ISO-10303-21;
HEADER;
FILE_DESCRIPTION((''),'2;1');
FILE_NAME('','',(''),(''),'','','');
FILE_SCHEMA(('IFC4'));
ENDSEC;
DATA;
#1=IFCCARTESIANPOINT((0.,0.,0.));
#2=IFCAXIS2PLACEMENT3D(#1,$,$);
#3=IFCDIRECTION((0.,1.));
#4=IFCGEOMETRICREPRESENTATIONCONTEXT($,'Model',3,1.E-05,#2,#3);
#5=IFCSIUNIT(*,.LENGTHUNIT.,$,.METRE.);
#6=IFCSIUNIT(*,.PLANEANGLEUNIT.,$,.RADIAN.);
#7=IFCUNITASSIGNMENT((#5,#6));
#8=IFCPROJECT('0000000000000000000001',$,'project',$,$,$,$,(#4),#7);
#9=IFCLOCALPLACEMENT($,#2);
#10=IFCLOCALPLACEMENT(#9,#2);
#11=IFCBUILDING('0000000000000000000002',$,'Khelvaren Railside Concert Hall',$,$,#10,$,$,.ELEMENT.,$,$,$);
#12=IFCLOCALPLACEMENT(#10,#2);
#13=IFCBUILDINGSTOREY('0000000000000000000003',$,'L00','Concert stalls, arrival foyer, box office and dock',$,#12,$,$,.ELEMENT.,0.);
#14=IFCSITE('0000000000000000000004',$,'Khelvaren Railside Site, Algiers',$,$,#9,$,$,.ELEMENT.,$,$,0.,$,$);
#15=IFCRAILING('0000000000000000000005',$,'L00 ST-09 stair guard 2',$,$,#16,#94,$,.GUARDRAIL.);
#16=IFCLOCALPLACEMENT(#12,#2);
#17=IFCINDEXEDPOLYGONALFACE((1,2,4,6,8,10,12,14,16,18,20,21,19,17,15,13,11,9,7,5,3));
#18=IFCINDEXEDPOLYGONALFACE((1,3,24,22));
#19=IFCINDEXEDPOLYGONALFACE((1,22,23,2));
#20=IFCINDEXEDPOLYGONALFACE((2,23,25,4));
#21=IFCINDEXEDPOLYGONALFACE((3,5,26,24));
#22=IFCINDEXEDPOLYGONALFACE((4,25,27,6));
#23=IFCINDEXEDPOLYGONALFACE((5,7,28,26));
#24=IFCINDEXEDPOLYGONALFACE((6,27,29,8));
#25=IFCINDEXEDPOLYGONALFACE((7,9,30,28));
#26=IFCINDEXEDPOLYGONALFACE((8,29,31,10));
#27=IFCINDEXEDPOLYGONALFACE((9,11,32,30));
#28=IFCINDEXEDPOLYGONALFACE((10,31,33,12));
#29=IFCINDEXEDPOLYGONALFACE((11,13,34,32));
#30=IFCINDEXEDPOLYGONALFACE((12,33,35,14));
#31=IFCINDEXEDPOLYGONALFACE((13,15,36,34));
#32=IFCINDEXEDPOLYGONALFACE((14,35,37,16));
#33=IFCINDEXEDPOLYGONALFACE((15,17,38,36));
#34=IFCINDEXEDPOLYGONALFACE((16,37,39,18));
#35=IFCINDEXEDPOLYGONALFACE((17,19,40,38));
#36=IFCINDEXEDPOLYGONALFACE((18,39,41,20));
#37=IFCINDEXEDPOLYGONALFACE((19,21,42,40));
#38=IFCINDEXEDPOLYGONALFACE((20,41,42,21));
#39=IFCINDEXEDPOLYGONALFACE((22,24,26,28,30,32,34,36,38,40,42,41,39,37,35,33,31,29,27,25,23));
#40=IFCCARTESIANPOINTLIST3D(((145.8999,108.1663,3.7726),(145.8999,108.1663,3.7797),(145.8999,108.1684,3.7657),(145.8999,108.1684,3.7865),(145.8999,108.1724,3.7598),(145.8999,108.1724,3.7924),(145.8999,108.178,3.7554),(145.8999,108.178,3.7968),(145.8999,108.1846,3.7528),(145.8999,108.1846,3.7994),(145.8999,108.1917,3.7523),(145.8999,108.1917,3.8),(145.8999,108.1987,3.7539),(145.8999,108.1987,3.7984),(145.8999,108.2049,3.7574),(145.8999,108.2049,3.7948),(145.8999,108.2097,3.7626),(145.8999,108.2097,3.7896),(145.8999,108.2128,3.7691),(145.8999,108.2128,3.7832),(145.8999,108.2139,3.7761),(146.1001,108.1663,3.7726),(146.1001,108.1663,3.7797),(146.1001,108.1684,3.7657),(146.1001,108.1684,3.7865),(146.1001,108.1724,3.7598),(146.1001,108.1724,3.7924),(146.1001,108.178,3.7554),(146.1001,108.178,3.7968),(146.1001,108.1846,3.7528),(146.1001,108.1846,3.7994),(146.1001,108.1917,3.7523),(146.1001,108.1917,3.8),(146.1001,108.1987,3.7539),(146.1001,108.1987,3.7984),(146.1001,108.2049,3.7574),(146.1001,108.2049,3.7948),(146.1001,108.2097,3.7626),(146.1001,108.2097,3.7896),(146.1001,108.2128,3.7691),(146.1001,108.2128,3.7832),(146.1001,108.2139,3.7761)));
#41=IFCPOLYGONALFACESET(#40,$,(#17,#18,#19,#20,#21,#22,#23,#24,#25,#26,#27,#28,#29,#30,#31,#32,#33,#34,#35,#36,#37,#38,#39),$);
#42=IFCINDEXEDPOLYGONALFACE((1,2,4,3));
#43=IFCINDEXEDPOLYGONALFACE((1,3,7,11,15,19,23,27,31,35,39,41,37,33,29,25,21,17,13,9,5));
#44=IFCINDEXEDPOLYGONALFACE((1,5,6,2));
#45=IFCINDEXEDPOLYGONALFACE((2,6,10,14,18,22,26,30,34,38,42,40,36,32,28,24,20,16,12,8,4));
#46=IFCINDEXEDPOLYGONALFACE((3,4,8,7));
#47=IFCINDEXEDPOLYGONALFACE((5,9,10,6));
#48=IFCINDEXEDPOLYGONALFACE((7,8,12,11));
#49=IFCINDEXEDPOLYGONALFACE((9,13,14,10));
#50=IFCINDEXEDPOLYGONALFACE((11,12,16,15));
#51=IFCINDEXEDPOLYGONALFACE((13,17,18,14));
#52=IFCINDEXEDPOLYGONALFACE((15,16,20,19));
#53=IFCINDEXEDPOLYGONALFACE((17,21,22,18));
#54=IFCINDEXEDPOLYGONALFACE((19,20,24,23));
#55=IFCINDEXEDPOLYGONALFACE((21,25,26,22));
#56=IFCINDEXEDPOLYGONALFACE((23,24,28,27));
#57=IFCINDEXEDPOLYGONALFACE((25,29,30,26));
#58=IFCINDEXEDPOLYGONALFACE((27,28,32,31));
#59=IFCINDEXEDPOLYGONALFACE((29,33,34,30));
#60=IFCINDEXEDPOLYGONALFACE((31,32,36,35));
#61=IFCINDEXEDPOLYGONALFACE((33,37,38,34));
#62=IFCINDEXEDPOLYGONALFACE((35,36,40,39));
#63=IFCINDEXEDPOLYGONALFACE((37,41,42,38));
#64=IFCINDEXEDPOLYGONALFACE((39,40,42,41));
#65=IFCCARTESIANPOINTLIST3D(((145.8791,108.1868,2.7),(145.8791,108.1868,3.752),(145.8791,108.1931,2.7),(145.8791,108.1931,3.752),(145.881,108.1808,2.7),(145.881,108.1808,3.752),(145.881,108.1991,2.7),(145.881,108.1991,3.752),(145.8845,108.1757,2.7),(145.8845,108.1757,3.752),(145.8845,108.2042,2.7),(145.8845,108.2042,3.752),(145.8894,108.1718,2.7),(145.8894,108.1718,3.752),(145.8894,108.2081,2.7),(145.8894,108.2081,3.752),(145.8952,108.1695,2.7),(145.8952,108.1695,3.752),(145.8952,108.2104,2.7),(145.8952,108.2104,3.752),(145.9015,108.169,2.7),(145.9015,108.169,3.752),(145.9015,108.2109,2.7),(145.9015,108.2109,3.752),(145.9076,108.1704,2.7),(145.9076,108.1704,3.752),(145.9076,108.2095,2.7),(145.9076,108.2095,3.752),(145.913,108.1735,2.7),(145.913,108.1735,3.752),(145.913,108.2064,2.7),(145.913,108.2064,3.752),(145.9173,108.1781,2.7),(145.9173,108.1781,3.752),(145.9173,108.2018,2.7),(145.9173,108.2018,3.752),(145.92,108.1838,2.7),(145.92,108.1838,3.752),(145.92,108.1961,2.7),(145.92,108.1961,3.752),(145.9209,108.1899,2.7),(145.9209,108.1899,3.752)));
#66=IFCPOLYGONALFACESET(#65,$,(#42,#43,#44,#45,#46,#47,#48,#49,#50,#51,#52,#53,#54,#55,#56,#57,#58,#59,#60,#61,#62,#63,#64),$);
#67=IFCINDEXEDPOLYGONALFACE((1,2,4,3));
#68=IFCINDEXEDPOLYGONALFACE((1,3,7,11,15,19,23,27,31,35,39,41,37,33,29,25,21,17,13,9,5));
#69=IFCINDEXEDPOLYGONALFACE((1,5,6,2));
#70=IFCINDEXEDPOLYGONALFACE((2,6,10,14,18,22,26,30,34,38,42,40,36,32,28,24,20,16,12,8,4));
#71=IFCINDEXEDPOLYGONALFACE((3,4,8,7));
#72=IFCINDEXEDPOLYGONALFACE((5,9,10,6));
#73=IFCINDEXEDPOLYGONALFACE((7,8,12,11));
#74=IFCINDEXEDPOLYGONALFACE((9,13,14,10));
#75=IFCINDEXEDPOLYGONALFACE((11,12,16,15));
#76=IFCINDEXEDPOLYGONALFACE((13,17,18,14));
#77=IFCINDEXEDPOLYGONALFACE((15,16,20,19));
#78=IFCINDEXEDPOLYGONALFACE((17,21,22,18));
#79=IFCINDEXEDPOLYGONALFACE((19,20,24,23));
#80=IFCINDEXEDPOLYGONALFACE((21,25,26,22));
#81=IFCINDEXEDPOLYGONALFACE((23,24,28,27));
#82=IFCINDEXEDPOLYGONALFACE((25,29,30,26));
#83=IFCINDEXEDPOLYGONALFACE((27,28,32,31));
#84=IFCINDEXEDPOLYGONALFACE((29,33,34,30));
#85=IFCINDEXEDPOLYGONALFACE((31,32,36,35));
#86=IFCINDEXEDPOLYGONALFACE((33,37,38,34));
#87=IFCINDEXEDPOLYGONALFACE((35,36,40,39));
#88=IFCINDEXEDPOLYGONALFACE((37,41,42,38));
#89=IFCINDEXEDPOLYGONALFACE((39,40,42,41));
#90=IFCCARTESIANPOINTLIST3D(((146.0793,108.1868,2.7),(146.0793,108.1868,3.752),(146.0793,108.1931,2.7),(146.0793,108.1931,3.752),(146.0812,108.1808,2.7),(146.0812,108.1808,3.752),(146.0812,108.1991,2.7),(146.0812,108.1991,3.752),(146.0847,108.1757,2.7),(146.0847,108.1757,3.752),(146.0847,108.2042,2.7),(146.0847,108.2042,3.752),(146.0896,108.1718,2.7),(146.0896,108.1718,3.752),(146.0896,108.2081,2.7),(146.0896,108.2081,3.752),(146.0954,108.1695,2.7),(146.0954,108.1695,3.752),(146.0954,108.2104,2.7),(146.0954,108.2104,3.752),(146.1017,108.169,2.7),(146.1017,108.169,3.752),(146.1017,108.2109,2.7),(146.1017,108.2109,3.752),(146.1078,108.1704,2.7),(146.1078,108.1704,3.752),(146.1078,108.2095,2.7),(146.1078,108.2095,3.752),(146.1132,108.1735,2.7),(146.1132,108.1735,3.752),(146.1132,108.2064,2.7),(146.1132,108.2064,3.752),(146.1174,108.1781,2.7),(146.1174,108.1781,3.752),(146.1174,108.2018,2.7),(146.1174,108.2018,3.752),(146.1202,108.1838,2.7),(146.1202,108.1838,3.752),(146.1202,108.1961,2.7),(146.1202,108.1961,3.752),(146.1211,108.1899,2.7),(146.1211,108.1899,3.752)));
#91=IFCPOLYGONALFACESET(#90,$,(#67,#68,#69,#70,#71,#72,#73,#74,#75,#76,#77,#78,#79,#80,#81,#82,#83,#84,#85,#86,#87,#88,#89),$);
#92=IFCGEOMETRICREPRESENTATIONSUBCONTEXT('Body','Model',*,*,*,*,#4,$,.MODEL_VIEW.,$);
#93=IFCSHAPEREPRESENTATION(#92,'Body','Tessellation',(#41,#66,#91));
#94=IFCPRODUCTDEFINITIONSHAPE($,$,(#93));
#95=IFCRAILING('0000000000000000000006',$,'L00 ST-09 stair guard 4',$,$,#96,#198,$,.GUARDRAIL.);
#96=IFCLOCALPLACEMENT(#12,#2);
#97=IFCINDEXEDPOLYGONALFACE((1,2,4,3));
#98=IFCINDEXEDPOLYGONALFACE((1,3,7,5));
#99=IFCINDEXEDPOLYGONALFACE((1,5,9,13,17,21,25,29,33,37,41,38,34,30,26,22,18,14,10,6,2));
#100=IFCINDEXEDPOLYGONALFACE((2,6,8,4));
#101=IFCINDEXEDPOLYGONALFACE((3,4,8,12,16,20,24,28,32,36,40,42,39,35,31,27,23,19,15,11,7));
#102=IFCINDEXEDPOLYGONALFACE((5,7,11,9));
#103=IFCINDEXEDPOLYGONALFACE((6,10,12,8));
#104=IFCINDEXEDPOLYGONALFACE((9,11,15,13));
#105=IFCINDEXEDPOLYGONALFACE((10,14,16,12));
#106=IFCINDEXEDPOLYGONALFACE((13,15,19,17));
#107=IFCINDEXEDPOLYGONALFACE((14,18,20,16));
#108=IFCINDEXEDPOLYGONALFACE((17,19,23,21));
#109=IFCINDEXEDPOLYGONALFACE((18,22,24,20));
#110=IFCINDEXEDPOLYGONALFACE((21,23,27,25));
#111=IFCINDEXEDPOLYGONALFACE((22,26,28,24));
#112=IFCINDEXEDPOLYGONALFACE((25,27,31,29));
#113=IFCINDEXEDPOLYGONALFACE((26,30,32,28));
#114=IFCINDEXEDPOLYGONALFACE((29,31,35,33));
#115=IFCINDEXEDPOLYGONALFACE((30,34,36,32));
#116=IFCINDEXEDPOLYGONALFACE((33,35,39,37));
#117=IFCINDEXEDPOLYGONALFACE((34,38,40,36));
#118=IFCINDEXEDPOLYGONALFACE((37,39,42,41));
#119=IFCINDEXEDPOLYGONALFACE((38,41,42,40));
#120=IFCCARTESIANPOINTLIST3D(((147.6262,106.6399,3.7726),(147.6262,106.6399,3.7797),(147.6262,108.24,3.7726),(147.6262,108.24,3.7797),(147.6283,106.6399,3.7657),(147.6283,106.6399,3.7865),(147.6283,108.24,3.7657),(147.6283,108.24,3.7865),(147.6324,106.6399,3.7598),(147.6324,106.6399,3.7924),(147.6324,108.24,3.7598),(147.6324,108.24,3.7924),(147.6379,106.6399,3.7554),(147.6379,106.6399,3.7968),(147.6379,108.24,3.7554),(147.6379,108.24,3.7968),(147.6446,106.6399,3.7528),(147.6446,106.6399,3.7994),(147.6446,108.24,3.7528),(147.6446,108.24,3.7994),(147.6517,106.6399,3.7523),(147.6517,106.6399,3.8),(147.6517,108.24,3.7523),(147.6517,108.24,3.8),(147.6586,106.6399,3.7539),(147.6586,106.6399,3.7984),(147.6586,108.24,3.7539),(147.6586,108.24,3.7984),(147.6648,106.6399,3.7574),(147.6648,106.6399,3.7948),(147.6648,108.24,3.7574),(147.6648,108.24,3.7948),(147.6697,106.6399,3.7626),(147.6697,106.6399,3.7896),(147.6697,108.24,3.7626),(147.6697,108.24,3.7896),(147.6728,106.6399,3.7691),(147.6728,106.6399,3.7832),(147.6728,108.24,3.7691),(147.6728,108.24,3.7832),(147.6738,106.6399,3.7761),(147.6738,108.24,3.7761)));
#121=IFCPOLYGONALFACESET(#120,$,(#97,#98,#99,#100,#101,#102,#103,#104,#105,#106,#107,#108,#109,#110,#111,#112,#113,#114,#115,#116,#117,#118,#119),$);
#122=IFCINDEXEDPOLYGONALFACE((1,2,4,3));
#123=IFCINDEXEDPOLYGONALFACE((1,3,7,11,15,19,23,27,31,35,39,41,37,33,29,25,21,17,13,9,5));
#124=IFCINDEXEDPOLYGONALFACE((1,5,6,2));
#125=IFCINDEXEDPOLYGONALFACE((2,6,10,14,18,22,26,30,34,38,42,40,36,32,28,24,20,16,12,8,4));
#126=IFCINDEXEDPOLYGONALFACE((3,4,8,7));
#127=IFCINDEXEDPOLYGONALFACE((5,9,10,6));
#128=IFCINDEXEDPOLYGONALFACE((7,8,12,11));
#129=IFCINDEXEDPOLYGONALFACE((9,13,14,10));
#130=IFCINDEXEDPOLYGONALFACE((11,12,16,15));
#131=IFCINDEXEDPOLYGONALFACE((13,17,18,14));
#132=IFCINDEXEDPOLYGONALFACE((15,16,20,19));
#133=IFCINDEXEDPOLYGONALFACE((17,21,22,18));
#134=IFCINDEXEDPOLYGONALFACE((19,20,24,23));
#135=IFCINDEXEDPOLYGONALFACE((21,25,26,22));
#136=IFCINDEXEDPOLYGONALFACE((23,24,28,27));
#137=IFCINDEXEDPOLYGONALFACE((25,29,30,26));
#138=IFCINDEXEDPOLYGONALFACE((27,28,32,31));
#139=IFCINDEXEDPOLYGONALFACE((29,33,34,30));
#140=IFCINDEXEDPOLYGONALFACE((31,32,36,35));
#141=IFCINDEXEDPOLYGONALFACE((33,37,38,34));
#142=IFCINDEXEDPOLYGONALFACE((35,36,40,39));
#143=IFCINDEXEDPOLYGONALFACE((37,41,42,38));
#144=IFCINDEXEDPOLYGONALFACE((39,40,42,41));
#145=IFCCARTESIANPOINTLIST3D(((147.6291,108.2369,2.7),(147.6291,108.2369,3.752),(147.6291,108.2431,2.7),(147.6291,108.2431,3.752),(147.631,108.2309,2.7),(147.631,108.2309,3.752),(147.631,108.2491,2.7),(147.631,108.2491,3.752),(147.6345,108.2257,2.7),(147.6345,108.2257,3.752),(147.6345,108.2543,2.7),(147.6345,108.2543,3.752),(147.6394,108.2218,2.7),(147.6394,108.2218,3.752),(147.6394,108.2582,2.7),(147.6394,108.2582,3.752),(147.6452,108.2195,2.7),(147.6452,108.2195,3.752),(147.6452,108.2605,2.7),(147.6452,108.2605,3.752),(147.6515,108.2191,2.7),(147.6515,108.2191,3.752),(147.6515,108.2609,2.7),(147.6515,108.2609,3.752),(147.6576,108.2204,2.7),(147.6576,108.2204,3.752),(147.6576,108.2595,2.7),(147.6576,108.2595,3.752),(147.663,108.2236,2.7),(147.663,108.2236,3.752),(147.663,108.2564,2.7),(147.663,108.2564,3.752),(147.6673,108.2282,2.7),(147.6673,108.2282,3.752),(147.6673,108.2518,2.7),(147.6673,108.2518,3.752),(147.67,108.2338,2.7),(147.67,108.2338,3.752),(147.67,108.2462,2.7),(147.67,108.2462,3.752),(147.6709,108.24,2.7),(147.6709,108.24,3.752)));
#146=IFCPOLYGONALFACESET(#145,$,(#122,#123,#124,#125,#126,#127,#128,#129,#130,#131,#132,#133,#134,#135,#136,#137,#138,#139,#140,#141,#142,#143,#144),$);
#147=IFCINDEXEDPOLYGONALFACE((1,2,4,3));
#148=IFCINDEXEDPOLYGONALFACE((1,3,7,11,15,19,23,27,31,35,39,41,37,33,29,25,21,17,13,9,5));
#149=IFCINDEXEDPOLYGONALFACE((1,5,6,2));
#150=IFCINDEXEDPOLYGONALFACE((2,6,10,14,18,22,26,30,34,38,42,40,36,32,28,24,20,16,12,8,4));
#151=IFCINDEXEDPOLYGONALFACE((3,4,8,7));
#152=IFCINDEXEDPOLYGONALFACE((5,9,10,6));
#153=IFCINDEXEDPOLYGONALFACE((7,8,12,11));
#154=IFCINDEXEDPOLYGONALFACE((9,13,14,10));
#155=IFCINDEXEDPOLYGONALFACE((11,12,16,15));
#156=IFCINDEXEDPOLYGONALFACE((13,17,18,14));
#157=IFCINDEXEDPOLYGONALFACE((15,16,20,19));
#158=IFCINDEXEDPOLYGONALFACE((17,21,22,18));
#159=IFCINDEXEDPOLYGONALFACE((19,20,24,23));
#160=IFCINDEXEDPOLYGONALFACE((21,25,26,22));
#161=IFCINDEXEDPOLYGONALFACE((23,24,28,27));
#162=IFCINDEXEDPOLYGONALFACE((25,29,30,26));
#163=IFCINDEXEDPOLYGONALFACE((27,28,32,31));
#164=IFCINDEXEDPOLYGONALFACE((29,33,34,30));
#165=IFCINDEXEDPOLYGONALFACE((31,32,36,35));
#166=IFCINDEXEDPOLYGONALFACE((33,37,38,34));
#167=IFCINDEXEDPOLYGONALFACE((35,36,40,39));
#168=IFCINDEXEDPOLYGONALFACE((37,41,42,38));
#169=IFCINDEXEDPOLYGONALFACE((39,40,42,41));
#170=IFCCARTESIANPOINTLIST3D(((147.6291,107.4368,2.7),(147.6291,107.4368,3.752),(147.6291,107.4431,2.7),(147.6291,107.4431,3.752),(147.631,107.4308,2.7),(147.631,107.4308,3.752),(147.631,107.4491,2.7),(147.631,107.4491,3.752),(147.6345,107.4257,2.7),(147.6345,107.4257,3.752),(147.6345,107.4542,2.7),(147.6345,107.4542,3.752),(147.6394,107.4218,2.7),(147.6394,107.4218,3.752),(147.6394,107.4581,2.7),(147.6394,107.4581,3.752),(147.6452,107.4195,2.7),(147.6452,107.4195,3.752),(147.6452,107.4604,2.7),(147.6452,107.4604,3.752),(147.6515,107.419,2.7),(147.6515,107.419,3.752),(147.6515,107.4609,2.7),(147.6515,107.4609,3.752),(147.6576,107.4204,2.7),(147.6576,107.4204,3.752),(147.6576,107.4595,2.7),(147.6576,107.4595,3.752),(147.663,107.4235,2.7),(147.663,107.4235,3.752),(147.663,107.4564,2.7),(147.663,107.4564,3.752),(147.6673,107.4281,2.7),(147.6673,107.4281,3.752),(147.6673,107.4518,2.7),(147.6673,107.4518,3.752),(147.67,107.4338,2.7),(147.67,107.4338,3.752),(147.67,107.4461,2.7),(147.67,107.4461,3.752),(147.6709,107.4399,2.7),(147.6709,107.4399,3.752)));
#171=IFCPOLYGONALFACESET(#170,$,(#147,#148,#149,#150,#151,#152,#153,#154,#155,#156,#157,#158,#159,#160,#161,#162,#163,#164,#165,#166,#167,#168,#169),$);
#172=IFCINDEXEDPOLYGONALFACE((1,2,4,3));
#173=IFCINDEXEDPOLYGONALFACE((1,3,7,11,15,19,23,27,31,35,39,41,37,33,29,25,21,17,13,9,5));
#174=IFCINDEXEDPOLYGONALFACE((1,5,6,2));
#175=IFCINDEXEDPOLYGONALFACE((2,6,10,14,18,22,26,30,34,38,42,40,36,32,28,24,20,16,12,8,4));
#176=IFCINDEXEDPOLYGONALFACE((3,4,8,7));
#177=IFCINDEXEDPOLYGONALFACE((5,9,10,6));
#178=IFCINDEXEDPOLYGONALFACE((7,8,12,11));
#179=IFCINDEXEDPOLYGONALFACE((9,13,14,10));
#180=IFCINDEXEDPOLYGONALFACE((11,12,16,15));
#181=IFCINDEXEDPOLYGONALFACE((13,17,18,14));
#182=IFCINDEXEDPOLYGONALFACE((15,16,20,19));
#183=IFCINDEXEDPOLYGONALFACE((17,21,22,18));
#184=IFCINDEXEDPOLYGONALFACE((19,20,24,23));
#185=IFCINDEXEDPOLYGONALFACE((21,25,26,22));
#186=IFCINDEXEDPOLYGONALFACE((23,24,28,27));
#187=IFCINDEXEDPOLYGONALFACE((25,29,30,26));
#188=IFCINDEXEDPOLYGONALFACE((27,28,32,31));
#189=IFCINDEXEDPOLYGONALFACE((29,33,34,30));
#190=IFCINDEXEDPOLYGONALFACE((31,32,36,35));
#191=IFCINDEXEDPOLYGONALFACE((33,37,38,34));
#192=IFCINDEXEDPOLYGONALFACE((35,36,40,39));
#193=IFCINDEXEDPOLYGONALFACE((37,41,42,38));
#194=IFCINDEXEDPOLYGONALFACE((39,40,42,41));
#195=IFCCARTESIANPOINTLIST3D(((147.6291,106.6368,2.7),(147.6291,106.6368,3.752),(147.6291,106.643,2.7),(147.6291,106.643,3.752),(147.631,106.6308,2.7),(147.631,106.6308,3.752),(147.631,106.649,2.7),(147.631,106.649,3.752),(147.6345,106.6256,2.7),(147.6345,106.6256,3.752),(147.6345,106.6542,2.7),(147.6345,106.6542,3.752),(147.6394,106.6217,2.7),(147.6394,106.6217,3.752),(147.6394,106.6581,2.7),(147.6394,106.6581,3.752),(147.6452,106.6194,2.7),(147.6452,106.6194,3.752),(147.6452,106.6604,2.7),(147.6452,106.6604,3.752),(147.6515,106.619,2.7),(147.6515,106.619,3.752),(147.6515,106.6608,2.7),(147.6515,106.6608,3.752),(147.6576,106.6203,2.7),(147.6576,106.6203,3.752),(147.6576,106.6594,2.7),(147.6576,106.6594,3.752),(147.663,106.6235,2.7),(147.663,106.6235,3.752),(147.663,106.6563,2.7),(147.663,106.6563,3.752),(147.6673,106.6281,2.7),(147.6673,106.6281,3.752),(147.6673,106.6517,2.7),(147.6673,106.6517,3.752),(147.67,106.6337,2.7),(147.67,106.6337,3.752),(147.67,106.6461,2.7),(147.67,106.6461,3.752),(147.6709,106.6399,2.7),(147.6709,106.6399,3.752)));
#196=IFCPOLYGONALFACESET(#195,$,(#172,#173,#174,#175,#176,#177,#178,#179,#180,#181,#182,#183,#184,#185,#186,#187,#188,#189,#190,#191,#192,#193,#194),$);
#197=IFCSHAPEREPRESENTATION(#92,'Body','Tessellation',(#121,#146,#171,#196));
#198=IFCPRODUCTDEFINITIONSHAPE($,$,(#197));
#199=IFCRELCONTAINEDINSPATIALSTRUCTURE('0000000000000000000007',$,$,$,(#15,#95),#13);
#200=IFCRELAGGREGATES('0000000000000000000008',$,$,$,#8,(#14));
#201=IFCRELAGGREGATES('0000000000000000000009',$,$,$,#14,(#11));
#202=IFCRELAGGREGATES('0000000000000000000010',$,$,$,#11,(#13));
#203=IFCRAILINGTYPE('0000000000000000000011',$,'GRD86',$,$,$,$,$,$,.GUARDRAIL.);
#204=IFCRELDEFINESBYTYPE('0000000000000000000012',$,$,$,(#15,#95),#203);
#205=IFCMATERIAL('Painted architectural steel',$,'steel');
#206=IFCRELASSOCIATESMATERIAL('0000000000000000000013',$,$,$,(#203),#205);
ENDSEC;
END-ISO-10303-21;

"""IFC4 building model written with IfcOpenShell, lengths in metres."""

from ifc_helpers import new_model, si_unit, direction, frame, origin, origin_2d, place, context, subcontext, project, spatial, circle, extrude, material, type_object, element, save


model = new_model("IFC4")

# Units and contexts
model_context = context("Model", 3, precision=1e-05, world=origin(), true_north=direction((0.0, 1.0)))
body_context = subcontext(model_context, "Body", "Model", "MODEL_VIEW")
ifc_project = project(units=[si_unit("LENGTHUNIT", "METRE"), si_unit("PLANEANGLEUNIT", "RADIAN")], contexts=[model_context])

# Site, building, storey
site_placement = place(None, origin())
site = spatial("IfcSite", under=ifc_project, at=site_placement, Name="Khelvaren Railside Site, Algiers", CompositionType="ELEMENT", RefElevation=0.0)
building_placement = place(site_placement, origin())
building = spatial("IfcBuilding", under=site, at=building_placement, Name="Khelvaren Railside Concert Hall", CompositionType="ELEMENT")
storey_placement = place(building_placement, origin())
storey = spatial("IfcBuildingStorey", under=building, at=storey_placement, Name="L00", Description="Concert stalls, arrival foyer, box office and dock", CompositionType="ELEMENT", Elevation=0.0)

# Railings
ifc_material_1 = material(Name="Painted architectural steel", Category="steel")
railing_type_1 = type_object("IfcRailingType", Name="GRD86", PredefinedType="GUARDRAIL", material=ifc_material_1)
railing_1_placement = place(storey_placement, frame((145.8999, 108.1899, 2.7)))
element("IfcRailing", 1, at=railing_1_placement, inside=storey, type_object=railing_type_1, Name="L00 ST-09 stair guard 2", PredefinedType="GUARDRAIL", context=body_context, shape_type="SweptSolid", body=[
    extrude(circle(Radius=0.0239, at=origin_2d()), frame((0.0, 0.0, 1.0762), z_axis=(1.0, 0.0, 0.0), x_axis=(0.0, 1.0, 0.0)), (0.0, 0.0, 1.0), 0.2002),
    extrude(circle(Radius=0.021, at=origin_2d()), origin(), (0.0, 0.0, 1.0), 1.052),
    extrude(circle(Radius=0.021, at=origin_2d()), frame((0.2002, 0.0, 0.0)), (0.0, 0.0, 1.0), 1.052),
])
railing_2_placement = place(storey_placement, frame((147.6499, 108.24, 2.7)))
element("IfcRailing", 2, at=railing_2_placement, inside=storey, type_object=railing_type_1, Name="L00 ST-09 stair guard 4", PredefinedType="GUARDRAIL", context=body_context, shape_type="SweptSolid", body=[
    extrude(circle(Radius=0.0239, at=origin_2d()), frame((0.0, 0.0, 1.0762), z_axis=(0.0, -1.0, 0.0), x_axis=(1.0, 0.0, 0.0)), (0.0, 0.0, 1.0), 1.6001),
    extrude(circle(Radius=0.021, at=origin_2d()), origin(), (0.0, 0.0, 1.0), 1.052),
    extrude(circle(Radius=0.021, at=origin_2d()), frame((0.0, -0.8, 0.0)), (0.0, 0.0, 1.0), 1.052),
    extrude(circle(Radius=0.021, at=origin_2d()), frame((0.0, -1.6001, 0.0)), (0.0, 0.0, 1.0), 1.052),
])

save(model, "model.ifc")
